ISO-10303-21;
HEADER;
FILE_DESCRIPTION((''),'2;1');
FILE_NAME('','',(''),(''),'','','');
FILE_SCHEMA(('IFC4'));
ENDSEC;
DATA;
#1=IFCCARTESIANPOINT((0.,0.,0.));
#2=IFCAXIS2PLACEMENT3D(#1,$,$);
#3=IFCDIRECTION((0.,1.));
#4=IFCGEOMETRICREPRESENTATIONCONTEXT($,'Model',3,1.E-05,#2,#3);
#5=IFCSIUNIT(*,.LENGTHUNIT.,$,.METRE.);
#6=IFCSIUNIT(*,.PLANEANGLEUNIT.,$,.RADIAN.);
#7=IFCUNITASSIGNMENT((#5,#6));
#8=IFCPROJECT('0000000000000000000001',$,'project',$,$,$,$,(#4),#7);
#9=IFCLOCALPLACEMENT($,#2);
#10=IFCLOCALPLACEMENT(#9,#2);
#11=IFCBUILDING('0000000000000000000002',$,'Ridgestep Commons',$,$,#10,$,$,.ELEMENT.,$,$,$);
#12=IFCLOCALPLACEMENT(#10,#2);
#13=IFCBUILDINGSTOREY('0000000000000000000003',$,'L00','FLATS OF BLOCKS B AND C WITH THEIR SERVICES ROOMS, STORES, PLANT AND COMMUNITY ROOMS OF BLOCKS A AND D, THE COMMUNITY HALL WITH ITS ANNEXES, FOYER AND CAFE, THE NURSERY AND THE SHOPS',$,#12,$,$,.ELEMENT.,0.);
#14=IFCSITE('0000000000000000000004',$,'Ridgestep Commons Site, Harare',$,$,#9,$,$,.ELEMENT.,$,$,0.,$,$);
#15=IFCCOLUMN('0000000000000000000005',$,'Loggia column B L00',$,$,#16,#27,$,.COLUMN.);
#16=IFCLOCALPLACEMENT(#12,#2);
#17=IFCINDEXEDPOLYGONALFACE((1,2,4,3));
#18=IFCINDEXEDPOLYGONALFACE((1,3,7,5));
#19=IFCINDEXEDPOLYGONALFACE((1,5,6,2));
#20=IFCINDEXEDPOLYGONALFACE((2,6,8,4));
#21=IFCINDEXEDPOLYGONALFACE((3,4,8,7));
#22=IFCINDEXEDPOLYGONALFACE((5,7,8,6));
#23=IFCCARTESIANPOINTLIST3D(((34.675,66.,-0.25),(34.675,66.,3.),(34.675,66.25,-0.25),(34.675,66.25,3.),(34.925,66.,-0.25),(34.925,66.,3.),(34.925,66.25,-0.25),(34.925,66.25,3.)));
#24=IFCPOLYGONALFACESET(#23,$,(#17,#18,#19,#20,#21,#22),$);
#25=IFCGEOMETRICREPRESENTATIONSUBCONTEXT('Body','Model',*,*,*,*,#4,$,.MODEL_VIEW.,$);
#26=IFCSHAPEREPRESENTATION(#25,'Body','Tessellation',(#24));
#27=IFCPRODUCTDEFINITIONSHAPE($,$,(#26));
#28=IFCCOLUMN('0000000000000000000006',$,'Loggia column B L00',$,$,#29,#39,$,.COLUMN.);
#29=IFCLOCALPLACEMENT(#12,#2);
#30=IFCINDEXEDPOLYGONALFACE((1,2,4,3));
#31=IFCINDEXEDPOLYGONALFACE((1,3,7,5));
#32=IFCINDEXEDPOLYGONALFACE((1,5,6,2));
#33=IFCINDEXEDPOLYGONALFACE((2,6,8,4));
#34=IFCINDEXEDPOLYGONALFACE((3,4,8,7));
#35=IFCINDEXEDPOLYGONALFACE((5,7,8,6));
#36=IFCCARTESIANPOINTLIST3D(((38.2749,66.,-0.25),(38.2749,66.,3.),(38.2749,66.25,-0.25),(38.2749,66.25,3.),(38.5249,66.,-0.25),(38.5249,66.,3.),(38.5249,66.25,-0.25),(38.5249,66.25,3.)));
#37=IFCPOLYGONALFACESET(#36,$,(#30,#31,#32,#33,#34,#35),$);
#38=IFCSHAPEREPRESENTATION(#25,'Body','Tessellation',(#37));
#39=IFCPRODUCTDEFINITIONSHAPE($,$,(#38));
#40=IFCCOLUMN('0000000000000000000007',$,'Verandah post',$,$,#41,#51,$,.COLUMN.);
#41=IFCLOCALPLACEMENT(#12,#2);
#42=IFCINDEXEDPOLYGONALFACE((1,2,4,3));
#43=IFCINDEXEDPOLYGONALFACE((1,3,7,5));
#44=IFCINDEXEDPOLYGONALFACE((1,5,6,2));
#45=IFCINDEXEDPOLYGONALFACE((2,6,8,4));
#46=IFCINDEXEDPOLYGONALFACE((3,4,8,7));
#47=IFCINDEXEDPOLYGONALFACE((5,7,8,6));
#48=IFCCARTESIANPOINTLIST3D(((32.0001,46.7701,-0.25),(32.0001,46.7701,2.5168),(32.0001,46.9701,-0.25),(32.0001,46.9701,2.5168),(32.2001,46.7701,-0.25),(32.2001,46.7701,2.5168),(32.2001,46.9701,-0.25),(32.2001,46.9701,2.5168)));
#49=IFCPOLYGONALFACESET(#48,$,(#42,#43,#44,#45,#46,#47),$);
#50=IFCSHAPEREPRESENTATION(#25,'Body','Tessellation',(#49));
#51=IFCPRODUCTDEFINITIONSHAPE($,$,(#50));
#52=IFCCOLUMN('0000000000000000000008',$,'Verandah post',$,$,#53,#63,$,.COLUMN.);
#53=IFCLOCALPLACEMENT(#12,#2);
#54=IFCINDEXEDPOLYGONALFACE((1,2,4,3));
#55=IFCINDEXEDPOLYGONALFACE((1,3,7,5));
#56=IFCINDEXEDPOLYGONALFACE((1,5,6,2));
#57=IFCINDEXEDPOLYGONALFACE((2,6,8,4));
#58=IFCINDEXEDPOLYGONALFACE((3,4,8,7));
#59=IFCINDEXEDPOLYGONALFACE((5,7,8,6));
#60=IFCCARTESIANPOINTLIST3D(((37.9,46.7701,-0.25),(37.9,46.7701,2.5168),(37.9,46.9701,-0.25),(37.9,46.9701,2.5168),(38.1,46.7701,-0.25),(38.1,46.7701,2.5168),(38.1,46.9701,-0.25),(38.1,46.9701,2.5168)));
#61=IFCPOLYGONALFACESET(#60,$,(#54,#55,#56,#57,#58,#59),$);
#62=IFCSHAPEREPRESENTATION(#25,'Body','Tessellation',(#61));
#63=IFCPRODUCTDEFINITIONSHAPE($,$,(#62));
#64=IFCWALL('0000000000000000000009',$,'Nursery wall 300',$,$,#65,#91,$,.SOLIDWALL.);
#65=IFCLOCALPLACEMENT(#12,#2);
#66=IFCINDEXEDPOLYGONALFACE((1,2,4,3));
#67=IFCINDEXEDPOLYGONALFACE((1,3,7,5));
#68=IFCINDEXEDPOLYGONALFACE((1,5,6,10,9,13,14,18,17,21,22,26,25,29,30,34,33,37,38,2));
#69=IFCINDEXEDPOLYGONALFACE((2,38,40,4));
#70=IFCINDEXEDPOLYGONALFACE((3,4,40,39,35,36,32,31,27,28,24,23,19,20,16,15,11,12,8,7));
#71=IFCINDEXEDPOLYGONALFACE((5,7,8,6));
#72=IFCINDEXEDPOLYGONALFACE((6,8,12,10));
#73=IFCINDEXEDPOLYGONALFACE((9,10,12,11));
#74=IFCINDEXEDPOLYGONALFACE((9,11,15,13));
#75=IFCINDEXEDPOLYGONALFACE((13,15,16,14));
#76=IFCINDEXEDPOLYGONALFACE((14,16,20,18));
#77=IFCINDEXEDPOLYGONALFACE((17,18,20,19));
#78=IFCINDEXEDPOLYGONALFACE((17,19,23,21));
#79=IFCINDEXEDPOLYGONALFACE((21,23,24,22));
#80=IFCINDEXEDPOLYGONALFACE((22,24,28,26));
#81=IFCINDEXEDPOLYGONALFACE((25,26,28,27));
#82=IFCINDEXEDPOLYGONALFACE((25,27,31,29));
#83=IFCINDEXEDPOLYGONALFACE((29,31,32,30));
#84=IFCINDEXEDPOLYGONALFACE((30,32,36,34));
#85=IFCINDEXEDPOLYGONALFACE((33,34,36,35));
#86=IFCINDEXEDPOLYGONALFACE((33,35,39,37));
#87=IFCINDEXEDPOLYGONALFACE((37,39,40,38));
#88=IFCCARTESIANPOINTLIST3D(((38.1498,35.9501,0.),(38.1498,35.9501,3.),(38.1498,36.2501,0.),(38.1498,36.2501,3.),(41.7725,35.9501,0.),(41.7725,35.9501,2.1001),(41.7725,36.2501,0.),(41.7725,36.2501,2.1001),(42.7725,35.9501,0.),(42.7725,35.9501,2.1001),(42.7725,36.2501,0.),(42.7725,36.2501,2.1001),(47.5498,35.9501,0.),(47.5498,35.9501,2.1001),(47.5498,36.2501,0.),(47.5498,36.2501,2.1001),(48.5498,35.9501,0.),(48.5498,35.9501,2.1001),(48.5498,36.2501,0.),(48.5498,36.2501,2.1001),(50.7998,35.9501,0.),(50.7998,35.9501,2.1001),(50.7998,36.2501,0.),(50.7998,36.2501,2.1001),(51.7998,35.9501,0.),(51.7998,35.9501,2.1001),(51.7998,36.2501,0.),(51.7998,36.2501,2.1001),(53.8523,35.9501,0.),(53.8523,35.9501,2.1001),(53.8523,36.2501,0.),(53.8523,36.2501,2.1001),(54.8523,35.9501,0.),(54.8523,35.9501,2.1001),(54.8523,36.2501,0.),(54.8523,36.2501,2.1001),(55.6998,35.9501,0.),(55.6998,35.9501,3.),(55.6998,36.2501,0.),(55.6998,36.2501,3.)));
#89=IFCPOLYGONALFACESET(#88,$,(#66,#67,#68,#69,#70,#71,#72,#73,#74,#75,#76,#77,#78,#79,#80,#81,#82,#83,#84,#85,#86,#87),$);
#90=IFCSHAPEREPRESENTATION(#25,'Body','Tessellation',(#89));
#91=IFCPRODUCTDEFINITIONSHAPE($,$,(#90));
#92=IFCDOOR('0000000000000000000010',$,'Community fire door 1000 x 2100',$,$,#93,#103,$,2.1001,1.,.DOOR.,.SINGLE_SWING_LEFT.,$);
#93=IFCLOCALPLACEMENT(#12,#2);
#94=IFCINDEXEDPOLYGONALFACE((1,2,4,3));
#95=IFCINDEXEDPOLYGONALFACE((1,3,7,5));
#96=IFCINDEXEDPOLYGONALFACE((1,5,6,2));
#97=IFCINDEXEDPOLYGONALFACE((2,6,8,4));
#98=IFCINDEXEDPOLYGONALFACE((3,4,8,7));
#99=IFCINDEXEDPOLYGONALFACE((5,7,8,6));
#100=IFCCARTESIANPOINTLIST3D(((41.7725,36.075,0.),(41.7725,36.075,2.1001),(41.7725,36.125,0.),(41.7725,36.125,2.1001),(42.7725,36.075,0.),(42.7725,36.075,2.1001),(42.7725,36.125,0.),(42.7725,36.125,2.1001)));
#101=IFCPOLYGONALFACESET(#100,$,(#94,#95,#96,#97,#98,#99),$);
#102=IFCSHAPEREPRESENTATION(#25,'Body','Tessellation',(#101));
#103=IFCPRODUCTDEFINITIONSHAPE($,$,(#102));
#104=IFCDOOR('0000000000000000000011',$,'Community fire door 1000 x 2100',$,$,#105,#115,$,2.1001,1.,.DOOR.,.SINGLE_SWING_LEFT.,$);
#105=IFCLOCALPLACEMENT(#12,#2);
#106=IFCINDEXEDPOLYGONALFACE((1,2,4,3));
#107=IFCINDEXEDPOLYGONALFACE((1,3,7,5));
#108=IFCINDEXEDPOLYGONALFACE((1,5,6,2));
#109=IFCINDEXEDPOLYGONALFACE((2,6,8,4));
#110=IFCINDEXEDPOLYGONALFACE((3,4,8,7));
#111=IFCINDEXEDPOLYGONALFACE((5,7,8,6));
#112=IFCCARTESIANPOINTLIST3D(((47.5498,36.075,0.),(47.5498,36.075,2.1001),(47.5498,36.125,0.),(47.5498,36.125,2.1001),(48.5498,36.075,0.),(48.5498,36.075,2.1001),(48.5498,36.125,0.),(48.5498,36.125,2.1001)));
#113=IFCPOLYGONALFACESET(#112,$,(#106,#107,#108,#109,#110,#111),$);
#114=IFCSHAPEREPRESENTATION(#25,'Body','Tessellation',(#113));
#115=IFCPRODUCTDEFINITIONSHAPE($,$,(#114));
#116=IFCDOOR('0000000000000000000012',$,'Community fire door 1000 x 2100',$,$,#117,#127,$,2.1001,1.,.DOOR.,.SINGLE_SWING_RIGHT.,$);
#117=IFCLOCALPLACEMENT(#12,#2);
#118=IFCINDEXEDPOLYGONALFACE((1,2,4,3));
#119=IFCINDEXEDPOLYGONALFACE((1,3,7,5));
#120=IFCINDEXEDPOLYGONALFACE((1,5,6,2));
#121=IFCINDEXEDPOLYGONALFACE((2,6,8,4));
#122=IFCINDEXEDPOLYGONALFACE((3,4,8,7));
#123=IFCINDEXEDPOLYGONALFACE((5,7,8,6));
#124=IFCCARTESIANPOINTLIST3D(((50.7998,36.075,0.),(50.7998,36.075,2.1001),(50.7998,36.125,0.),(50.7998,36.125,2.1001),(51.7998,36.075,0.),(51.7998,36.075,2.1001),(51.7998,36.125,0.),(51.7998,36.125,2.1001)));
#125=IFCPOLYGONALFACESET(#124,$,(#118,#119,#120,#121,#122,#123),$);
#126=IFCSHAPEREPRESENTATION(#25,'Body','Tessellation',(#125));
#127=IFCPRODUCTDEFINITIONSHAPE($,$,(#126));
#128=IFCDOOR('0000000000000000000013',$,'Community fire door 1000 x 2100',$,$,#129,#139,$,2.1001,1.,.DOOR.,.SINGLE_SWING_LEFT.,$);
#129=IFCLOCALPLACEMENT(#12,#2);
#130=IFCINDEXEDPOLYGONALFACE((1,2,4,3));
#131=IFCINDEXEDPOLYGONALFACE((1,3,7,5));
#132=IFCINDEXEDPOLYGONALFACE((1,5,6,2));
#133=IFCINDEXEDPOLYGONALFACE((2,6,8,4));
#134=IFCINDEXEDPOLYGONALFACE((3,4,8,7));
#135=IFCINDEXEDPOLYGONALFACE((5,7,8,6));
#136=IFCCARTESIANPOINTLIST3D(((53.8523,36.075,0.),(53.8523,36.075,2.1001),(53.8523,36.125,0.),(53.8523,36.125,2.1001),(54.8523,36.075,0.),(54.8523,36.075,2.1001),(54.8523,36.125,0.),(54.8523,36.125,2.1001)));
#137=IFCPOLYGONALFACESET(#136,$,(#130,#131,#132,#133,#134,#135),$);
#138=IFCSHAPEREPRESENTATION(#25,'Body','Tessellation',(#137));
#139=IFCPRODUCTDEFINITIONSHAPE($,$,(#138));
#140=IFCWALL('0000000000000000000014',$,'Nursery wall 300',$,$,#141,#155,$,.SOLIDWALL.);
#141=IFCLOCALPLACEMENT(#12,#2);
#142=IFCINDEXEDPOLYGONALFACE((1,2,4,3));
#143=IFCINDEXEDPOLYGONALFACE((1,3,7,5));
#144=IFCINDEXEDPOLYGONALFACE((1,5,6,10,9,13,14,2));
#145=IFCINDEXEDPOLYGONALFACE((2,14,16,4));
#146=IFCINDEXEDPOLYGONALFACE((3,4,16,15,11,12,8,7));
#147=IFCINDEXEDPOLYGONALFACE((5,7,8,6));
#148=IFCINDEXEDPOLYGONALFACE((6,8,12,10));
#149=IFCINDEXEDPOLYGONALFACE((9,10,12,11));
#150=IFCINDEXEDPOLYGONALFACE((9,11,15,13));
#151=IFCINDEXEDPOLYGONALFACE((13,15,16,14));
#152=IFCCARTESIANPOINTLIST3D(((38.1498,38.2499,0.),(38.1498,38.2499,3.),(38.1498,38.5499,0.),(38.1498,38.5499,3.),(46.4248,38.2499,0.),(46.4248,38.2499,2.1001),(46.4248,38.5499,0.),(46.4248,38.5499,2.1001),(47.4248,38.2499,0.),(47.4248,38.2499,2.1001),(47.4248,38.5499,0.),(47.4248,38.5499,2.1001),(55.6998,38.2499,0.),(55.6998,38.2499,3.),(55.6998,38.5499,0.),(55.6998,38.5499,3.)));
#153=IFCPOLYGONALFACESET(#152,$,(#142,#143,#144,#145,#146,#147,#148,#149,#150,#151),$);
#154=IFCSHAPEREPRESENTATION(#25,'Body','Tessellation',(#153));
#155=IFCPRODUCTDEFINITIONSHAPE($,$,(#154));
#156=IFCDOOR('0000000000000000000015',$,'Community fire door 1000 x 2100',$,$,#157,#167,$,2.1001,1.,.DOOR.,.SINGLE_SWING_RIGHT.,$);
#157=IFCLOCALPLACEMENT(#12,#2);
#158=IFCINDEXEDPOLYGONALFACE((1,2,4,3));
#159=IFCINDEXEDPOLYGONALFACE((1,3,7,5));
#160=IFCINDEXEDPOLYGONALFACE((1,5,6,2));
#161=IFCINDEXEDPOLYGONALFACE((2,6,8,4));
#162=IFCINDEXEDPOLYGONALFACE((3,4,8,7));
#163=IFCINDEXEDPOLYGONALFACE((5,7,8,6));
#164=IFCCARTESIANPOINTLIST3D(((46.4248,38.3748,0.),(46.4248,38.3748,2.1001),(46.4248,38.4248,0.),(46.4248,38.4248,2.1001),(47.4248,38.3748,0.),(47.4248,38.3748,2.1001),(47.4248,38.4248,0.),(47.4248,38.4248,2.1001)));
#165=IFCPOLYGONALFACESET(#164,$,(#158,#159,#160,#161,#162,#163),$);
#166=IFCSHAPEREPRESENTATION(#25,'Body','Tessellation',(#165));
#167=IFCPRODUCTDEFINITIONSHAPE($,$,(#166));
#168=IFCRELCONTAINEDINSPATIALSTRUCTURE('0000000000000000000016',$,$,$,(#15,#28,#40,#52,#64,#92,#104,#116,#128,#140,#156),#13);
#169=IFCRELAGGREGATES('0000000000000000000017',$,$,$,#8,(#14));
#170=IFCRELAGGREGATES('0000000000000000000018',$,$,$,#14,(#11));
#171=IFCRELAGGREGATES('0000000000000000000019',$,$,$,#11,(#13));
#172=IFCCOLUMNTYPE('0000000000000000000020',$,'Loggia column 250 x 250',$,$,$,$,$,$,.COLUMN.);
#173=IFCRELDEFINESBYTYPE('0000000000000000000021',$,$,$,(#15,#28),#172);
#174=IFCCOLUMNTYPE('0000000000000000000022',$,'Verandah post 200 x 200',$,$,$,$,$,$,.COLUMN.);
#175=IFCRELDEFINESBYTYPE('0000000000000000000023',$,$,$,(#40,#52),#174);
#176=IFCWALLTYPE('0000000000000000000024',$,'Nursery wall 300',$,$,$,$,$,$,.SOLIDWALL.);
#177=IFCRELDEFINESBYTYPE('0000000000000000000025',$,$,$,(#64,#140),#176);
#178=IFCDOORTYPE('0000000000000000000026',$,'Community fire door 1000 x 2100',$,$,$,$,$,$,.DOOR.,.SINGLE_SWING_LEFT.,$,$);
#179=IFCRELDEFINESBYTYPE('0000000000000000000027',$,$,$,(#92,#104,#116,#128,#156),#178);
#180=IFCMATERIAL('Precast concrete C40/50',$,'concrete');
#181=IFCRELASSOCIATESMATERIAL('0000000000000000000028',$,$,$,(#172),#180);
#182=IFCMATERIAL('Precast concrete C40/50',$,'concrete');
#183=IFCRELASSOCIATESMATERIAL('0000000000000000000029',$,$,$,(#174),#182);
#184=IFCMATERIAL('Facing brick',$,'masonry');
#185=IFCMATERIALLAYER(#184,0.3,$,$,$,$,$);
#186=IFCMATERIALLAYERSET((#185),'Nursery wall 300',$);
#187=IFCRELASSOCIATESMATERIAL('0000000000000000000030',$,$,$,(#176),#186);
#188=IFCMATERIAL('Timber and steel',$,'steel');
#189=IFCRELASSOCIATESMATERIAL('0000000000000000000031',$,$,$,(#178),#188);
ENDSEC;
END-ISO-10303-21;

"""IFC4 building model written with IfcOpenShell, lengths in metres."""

from ifc_helpers import new_model, si_unit, direction, frame, frame_2d, origin, origin_2d, place, context, subcontext, project, spatial, rectangle, extrude, material, layer, layer_set, material_profile, profile_set, type_object, element, fill, save


model = new_model("IFC4")

# Units and contexts
model_context = context("Model", 3, precision=1e-05, world=origin(), true_north=direction((0.0, 1.0)))
body_context = subcontext(model_context, "Body", "Model", "MODEL_VIEW")
ifc_project = project(units=[si_unit("LENGTHUNIT", "METRE"), si_unit("PLANEANGLEUNIT", "RADIAN")], contexts=[model_context])

# Site, building, storey
site_placement = place(None, origin())
site = spatial("IfcSite", under=ifc_project, at=site_placement, Name="Ridgestep Commons Site, Harare", CompositionType="ELEMENT", RefElevation=0.0)
building_placement = place(site_placement, origin())
building = spatial("IfcBuilding", under=site, at=building_placement, Name="Ridgestep Commons", CompositionType="ELEMENT")
storey_placement = place(building_placement, origin())
storey = spatial("IfcBuildingStorey", under=building, at=storey_placement, Name="L00", Description="FLATS OF BLOCKS B AND C WITH THEIR SERVICES ROOMS, STORES, PLANT AND COMMUNITY ROOMS OF BLOCKS A AND D, THE COMMUNITY HALL WITH ITS ANNEXES, FOYER AND CAFE, THE NURSERY AND THE SHOPS", CompositionType="ELEMENT", Elevation=0.0)

# Columns
ifc_material_1 = material(Name="Precast concrete C40/50", Category="concrete")
ifc_material_profile_1 = material_profile(ifc_material_1, rectangle(XDim=0.25, YDim=0.25, at=origin_2d()), Name="PC 250x250")
ifc_profile_set_1 = profile_set([ifc_material_profile_1], Name="Precast concrete C40/50")
column_type_1 = type_object("IfcColumnType", Name="Loggia column 250 x 250", PredefinedType="COLUMN", material=ifc_profile_set_1)
for number, where, z_axis, x_axis, name in (
    (1, (34.8, 66.125, -0.25), (0.0, 0.0, 1.0), (1.0, 0.0, 0.0), "Loggia column B L00"),
    (2, (38.3999, 66.125, -0.25), (0.0, 0.0, 1.0), (1.0, 0.0, 0.0), "Loggia column B L00"),
):
    element("IfcColumn", number, at=place(storey_placement, frame(where, z_axis=z_axis, x_axis=x_axis)), inside=storey, type_object=column_type_1, Name=name, PredefinedType="COLUMN", context=body_context, shape_type="SweptSolid", body=[
        extrude(rectangle(XDim=0.25, YDim=0.25, at=origin_2d()), origin(), (0.0, 0.0, 1.0), 3.25),
    ])
ifc_material_2 = material(Name="Precast concrete C40/50", Category="concrete")
ifc_material_profile_2 = material_profile(ifc_material_2, rectangle(XDim=0.2, YDim=0.2, at=origin_2d()), Name="Verandah post 200 x 200")
ifc_profile_set_2 = profile_set([ifc_material_profile_2], Name="Precast concrete C40/50")
column_type_2 = type_object("IfcColumnType", Name="Verandah post 200 x 200", PredefinedType="COLUMN", material=ifc_profile_set_2)
for number, where, z_axis, x_axis, name in (
    (3, (32.1001, 46.8701, -0.25), (0.0, 0.0, 1.0), (1.0, 0.0, 0.0), "Verandah post"),
    (4, (38.0, 46.8701, -0.25), (0.0, 0.0, 1.0), (1.0, 0.0, 0.0), "Verandah post"),
):
    element("IfcColumn", number, at=place(storey_placement, frame(where, z_axis=z_axis, x_axis=x_axis)), inside=storey, type_object=column_type_2, Name=name, PredefinedType="COLUMN", context=body_context, shape_type="SweptSolid", body=[
        extrude(rectangle(XDim=0.2, YDim=0.2, at=origin_2d()), origin(), (0.0, 0.0, 1.0), 2.7668),
    ])

# Wall, openings, doors
ifc_material_3 = material(Name="Facing brick", Category="masonry")
ifc_layer = layer(ifc_material_3, 0.3)
ifc_layer_set = layer_set([ifc_layer], Name="Nursery wall 300")
wall_type = type_object("IfcWallType", Name="Nursery wall 300", PredefinedType="SOLIDWALL", material=ifc_layer_set)
wall_1_placement = place(storey_placement, frame((38.1499, 36.1001, 0.0), z_axis=(0.0, 0.0, 1.0), x_axis=(1.0, 0.0, 0.0)))
wall_1 = element("IfcWall", 5, at=wall_1_placement, inside=storey, type_object=wall_type, Name="Nursery wall 300", PredefinedType="SOLIDWALL", context=body_context, shape_type="SweptSolid", body=[
    extrude(rectangle(XDim=17.55, YDim=0.3, at=frame_2d((8.7749, 0.0))), origin(), (0.0, 0.0, 1.0), 3.0),
])
opening_1_placement = place(wall_1_placement, frame((3.6226, 0.0, 0.0)))
opening_1 = element("IfcOpeningElement", 6, at=opening_1_placement, cuts=wall_1, PredefinedType="OPENING", context=body_context, shape_type="SweptSolid", body=[
    extrude(rectangle(XDim=1.0, YDim=2.1001, at=frame_2d((0.5, 1.05))), frame((0.0, 0.1599, 0.0), z_axis=(0.0, -1.0, 0.0), x_axis=(1.0, 0.0, 0.0)), (0.0, 0.0, 1.0), 0.3201),
])
opening_2_placement = place(wall_1_placement, frame((9.3999, 0.0, 0.0)))
opening_2 = element("IfcOpeningElement", 7, at=opening_2_placement, cuts=wall_1, PredefinedType="OPENING", context=body_context, shape_type="SweptSolid", body=[
    extrude(rectangle(XDim=1.0, YDim=2.1001, at=frame_2d((0.5, 1.05))), frame((0.0, 0.1599, 0.0), z_axis=(0.0, -1.0, 0.0), x_axis=(1.0, 0.0, 0.0)), (0.0, 0.0, 1.0), 0.3201),
])
opening_3_placement = place(wall_1_placement, frame((12.6499, 0.0, 0.0)))
opening_3 = element("IfcOpeningElement", 8, at=opening_3_placement, cuts=wall_1, PredefinedType="OPENING", context=body_context, shape_type="SweptSolid", body=[
    extrude(rectangle(XDim=1.0, YDim=2.1001, at=frame_2d((0.5, 1.05))), frame((0.0, 0.1599, 0.0), z_axis=(0.0, -1.0, 0.0), x_axis=(1.0, 0.0, 0.0)), (0.0, 0.0, 1.0), 0.3201),
])
opening_4_placement = place(wall_1_placement, frame((15.7024, 0.0, 0.0)))
opening_4 = element("IfcOpeningElement", 9, at=opening_4_placement, cuts=wall_1, PredefinedType="OPENING", context=body_context, shape_type="SweptSolid", body=[
    extrude(rectangle(XDim=1.0, YDim=2.1001, at=frame_2d((0.5, 1.05))), frame((0.0, 0.1599, 0.0), z_axis=(0.0, -1.0, 0.0), x_axis=(1.0, 0.0, 0.0)), (0.0, 0.0, 1.0), 0.3201),
])
ifc_material_4 = material(Name="Timber and steel", Category="steel")
door_type = type_object("IfcDoorType", Name="Community fire door 1000 x 2100", OperationType="SINGLE_SWING_LEFT", PredefinedType="DOOR", material=ifc_material_4)
door_1_placement = place(opening_1_placement, origin())
door_1 = element("IfcDoor", 10, at=door_1_placement, inside=storey, type_object=door_type, Name="Community fire door 1000 x 2100", OperationType="SINGLE_SWING_LEFT", OverallHeight=2.1001, OverallWidth=1.0, PredefinedType="DOOR", context=body_context, shape_type="SweptSolid", body=[
    extrude(rectangle(XDim=1.0, YDim=2.1001, at=frame_2d((0.5, 1.05))), frame((0.0, 0.0249, 0.0), z_axis=(0.0, -1.0, 0.0), x_axis=(1.0, 0.0, 0.0)), (0.0, 0.0, 1.0), 0.05),
])
fill(opening_1, door_1)
door_2_placement = place(opening_2_placement, origin())
door_2 = element("IfcDoor", 11, at=door_2_placement, inside=storey, type_object=door_type, Name="Community fire door 1000 x 2100", OperationType="SINGLE_SWING_LEFT", OverallHeight=2.1001, OverallWidth=1.0, PredefinedType="DOOR", context=body_context, shape_type="SweptSolid", body=[
    extrude(rectangle(XDim=1.0, YDim=2.1001, at=frame_2d((0.5, 1.05))), frame((0.0, 0.0249, 0.0), z_axis=(0.0, -1.0, 0.0), x_axis=(1.0, 0.0, 0.0)), (0.0, 0.0, 1.0), 0.05),
])
fill(opening_2, door_2)
door_3_placement = place(opening_3_placement, origin())
door_3 = element("IfcDoor", 12, at=door_3_placement, inside=storey, type_object=door_type, Name="Community fire door 1000 x 2100", OperationType="SINGLE_SWING_RIGHT", OverallHeight=2.1001, OverallWidth=1.0, PredefinedType="DOOR", context=body_context, shape_type="SweptSolid", body=[
    extrude(rectangle(XDim=1.0, YDim=2.1001, at=frame_2d((0.5, 1.05))), frame((0.0, 0.0249, 0.0), z_axis=(0.0, -1.0, 0.0), x_axis=(1.0, 0.0, 0.0)), (0.0, 0.0, 1.0), 0.05),
])
fill(opening_3, door_3)
door_4_placement = place(opening_4_placement, origin())
door_4 = element("IfcDoor", 13, at=door_4_placement, inside=storey, type_object=door_type, Name="Community fire door 1000 x 2100", OperationType="SINGLE_SWING_LEFT", OverallHeight=2.1001, OverallWidth=1.0, PredefinedType="DOOR", context=body_context, shape_type="SweptSolid", body=[
    extrude(rectangle(XDim=1.0, YDim=2.1001, at=frame_2d((0.5, 1.05))), frame((0.0, 0.0249, 0.0), z_axis=(0.0, -1.0, 0.0), x_axis=(1.0, 0.0, 0.0)), (0.0, 0.0, 1.0), 0.05),
])
fill(opening_4, door_4)

# Wall, opening, door
wall_2_placement = place(storey_placement, frame((38.1499, 38.3999, 0.0), z_axis=(0.0, 0.0, 1.0), x_axis=(1.0, 0.0, 0.0)))
wall_2 = element("IfcWall", 14, at=wall_2_placement, inside=storey, type_object=wall_type, Name="Nursery wall 300", PredefinedType="SOLIDWALL", context=body_context, shape_type="SweptSolid", body=[
    extrude(rectangle(XDim=17.55, YDim=0.3, at=frame_2d((8.7749, 0.0))), origin(), (0.0, 0.0, 1.0), 3.0),
])
opening_5_placement = place(wall_2_placement, frame((8.2749, 0.0, 0.0)))
opening_5 = element("IfcOpeningElement", 15, at=opening_5_placement, cuts=wall_2, PredefinedType="OPENING", context=body_context, shape_type="SweptSolid", body=[
    extrude(rectangle(XDim=1.0, YDim=2.1001, at=frame_2d((0.5, 1.05))), frame((0.0, 0.1599, 0.0), z_axis=(0.0, -1.0, 0.0), x_axis=(1.0, 0.0, 0.0)), (0.0, 0.0, 1.0), 0.3201),
])
door_5_placement = place(opening_5_placement, origin())
door_5 = element("IfcDoor", 16, at=door_5_placement, inside=storey, type_object=door_type, Name="Community fire door 1000 x 2100", OperationType="SINGLE_SWING_RIGHT", OverallHeight=2.1001, OverallWidth=1.0, PredefinedType="DOOR", context=body_context, shape_type="SweptSolid", body=[
    extrude(rectangle(XDim=1.0, YDim=2.1001, at=frame_2d((0.5, 1.05))), frame((0.0, 0.0249, 0.0), z_axis=(0.0, -1.0, 0.0), x_axis=(1.0, 0.0, 0.0)), (0.0, 0.0, 1.0), 0.05),
])
fill(opening_5, door_5)

save(model, "model.ifc")
